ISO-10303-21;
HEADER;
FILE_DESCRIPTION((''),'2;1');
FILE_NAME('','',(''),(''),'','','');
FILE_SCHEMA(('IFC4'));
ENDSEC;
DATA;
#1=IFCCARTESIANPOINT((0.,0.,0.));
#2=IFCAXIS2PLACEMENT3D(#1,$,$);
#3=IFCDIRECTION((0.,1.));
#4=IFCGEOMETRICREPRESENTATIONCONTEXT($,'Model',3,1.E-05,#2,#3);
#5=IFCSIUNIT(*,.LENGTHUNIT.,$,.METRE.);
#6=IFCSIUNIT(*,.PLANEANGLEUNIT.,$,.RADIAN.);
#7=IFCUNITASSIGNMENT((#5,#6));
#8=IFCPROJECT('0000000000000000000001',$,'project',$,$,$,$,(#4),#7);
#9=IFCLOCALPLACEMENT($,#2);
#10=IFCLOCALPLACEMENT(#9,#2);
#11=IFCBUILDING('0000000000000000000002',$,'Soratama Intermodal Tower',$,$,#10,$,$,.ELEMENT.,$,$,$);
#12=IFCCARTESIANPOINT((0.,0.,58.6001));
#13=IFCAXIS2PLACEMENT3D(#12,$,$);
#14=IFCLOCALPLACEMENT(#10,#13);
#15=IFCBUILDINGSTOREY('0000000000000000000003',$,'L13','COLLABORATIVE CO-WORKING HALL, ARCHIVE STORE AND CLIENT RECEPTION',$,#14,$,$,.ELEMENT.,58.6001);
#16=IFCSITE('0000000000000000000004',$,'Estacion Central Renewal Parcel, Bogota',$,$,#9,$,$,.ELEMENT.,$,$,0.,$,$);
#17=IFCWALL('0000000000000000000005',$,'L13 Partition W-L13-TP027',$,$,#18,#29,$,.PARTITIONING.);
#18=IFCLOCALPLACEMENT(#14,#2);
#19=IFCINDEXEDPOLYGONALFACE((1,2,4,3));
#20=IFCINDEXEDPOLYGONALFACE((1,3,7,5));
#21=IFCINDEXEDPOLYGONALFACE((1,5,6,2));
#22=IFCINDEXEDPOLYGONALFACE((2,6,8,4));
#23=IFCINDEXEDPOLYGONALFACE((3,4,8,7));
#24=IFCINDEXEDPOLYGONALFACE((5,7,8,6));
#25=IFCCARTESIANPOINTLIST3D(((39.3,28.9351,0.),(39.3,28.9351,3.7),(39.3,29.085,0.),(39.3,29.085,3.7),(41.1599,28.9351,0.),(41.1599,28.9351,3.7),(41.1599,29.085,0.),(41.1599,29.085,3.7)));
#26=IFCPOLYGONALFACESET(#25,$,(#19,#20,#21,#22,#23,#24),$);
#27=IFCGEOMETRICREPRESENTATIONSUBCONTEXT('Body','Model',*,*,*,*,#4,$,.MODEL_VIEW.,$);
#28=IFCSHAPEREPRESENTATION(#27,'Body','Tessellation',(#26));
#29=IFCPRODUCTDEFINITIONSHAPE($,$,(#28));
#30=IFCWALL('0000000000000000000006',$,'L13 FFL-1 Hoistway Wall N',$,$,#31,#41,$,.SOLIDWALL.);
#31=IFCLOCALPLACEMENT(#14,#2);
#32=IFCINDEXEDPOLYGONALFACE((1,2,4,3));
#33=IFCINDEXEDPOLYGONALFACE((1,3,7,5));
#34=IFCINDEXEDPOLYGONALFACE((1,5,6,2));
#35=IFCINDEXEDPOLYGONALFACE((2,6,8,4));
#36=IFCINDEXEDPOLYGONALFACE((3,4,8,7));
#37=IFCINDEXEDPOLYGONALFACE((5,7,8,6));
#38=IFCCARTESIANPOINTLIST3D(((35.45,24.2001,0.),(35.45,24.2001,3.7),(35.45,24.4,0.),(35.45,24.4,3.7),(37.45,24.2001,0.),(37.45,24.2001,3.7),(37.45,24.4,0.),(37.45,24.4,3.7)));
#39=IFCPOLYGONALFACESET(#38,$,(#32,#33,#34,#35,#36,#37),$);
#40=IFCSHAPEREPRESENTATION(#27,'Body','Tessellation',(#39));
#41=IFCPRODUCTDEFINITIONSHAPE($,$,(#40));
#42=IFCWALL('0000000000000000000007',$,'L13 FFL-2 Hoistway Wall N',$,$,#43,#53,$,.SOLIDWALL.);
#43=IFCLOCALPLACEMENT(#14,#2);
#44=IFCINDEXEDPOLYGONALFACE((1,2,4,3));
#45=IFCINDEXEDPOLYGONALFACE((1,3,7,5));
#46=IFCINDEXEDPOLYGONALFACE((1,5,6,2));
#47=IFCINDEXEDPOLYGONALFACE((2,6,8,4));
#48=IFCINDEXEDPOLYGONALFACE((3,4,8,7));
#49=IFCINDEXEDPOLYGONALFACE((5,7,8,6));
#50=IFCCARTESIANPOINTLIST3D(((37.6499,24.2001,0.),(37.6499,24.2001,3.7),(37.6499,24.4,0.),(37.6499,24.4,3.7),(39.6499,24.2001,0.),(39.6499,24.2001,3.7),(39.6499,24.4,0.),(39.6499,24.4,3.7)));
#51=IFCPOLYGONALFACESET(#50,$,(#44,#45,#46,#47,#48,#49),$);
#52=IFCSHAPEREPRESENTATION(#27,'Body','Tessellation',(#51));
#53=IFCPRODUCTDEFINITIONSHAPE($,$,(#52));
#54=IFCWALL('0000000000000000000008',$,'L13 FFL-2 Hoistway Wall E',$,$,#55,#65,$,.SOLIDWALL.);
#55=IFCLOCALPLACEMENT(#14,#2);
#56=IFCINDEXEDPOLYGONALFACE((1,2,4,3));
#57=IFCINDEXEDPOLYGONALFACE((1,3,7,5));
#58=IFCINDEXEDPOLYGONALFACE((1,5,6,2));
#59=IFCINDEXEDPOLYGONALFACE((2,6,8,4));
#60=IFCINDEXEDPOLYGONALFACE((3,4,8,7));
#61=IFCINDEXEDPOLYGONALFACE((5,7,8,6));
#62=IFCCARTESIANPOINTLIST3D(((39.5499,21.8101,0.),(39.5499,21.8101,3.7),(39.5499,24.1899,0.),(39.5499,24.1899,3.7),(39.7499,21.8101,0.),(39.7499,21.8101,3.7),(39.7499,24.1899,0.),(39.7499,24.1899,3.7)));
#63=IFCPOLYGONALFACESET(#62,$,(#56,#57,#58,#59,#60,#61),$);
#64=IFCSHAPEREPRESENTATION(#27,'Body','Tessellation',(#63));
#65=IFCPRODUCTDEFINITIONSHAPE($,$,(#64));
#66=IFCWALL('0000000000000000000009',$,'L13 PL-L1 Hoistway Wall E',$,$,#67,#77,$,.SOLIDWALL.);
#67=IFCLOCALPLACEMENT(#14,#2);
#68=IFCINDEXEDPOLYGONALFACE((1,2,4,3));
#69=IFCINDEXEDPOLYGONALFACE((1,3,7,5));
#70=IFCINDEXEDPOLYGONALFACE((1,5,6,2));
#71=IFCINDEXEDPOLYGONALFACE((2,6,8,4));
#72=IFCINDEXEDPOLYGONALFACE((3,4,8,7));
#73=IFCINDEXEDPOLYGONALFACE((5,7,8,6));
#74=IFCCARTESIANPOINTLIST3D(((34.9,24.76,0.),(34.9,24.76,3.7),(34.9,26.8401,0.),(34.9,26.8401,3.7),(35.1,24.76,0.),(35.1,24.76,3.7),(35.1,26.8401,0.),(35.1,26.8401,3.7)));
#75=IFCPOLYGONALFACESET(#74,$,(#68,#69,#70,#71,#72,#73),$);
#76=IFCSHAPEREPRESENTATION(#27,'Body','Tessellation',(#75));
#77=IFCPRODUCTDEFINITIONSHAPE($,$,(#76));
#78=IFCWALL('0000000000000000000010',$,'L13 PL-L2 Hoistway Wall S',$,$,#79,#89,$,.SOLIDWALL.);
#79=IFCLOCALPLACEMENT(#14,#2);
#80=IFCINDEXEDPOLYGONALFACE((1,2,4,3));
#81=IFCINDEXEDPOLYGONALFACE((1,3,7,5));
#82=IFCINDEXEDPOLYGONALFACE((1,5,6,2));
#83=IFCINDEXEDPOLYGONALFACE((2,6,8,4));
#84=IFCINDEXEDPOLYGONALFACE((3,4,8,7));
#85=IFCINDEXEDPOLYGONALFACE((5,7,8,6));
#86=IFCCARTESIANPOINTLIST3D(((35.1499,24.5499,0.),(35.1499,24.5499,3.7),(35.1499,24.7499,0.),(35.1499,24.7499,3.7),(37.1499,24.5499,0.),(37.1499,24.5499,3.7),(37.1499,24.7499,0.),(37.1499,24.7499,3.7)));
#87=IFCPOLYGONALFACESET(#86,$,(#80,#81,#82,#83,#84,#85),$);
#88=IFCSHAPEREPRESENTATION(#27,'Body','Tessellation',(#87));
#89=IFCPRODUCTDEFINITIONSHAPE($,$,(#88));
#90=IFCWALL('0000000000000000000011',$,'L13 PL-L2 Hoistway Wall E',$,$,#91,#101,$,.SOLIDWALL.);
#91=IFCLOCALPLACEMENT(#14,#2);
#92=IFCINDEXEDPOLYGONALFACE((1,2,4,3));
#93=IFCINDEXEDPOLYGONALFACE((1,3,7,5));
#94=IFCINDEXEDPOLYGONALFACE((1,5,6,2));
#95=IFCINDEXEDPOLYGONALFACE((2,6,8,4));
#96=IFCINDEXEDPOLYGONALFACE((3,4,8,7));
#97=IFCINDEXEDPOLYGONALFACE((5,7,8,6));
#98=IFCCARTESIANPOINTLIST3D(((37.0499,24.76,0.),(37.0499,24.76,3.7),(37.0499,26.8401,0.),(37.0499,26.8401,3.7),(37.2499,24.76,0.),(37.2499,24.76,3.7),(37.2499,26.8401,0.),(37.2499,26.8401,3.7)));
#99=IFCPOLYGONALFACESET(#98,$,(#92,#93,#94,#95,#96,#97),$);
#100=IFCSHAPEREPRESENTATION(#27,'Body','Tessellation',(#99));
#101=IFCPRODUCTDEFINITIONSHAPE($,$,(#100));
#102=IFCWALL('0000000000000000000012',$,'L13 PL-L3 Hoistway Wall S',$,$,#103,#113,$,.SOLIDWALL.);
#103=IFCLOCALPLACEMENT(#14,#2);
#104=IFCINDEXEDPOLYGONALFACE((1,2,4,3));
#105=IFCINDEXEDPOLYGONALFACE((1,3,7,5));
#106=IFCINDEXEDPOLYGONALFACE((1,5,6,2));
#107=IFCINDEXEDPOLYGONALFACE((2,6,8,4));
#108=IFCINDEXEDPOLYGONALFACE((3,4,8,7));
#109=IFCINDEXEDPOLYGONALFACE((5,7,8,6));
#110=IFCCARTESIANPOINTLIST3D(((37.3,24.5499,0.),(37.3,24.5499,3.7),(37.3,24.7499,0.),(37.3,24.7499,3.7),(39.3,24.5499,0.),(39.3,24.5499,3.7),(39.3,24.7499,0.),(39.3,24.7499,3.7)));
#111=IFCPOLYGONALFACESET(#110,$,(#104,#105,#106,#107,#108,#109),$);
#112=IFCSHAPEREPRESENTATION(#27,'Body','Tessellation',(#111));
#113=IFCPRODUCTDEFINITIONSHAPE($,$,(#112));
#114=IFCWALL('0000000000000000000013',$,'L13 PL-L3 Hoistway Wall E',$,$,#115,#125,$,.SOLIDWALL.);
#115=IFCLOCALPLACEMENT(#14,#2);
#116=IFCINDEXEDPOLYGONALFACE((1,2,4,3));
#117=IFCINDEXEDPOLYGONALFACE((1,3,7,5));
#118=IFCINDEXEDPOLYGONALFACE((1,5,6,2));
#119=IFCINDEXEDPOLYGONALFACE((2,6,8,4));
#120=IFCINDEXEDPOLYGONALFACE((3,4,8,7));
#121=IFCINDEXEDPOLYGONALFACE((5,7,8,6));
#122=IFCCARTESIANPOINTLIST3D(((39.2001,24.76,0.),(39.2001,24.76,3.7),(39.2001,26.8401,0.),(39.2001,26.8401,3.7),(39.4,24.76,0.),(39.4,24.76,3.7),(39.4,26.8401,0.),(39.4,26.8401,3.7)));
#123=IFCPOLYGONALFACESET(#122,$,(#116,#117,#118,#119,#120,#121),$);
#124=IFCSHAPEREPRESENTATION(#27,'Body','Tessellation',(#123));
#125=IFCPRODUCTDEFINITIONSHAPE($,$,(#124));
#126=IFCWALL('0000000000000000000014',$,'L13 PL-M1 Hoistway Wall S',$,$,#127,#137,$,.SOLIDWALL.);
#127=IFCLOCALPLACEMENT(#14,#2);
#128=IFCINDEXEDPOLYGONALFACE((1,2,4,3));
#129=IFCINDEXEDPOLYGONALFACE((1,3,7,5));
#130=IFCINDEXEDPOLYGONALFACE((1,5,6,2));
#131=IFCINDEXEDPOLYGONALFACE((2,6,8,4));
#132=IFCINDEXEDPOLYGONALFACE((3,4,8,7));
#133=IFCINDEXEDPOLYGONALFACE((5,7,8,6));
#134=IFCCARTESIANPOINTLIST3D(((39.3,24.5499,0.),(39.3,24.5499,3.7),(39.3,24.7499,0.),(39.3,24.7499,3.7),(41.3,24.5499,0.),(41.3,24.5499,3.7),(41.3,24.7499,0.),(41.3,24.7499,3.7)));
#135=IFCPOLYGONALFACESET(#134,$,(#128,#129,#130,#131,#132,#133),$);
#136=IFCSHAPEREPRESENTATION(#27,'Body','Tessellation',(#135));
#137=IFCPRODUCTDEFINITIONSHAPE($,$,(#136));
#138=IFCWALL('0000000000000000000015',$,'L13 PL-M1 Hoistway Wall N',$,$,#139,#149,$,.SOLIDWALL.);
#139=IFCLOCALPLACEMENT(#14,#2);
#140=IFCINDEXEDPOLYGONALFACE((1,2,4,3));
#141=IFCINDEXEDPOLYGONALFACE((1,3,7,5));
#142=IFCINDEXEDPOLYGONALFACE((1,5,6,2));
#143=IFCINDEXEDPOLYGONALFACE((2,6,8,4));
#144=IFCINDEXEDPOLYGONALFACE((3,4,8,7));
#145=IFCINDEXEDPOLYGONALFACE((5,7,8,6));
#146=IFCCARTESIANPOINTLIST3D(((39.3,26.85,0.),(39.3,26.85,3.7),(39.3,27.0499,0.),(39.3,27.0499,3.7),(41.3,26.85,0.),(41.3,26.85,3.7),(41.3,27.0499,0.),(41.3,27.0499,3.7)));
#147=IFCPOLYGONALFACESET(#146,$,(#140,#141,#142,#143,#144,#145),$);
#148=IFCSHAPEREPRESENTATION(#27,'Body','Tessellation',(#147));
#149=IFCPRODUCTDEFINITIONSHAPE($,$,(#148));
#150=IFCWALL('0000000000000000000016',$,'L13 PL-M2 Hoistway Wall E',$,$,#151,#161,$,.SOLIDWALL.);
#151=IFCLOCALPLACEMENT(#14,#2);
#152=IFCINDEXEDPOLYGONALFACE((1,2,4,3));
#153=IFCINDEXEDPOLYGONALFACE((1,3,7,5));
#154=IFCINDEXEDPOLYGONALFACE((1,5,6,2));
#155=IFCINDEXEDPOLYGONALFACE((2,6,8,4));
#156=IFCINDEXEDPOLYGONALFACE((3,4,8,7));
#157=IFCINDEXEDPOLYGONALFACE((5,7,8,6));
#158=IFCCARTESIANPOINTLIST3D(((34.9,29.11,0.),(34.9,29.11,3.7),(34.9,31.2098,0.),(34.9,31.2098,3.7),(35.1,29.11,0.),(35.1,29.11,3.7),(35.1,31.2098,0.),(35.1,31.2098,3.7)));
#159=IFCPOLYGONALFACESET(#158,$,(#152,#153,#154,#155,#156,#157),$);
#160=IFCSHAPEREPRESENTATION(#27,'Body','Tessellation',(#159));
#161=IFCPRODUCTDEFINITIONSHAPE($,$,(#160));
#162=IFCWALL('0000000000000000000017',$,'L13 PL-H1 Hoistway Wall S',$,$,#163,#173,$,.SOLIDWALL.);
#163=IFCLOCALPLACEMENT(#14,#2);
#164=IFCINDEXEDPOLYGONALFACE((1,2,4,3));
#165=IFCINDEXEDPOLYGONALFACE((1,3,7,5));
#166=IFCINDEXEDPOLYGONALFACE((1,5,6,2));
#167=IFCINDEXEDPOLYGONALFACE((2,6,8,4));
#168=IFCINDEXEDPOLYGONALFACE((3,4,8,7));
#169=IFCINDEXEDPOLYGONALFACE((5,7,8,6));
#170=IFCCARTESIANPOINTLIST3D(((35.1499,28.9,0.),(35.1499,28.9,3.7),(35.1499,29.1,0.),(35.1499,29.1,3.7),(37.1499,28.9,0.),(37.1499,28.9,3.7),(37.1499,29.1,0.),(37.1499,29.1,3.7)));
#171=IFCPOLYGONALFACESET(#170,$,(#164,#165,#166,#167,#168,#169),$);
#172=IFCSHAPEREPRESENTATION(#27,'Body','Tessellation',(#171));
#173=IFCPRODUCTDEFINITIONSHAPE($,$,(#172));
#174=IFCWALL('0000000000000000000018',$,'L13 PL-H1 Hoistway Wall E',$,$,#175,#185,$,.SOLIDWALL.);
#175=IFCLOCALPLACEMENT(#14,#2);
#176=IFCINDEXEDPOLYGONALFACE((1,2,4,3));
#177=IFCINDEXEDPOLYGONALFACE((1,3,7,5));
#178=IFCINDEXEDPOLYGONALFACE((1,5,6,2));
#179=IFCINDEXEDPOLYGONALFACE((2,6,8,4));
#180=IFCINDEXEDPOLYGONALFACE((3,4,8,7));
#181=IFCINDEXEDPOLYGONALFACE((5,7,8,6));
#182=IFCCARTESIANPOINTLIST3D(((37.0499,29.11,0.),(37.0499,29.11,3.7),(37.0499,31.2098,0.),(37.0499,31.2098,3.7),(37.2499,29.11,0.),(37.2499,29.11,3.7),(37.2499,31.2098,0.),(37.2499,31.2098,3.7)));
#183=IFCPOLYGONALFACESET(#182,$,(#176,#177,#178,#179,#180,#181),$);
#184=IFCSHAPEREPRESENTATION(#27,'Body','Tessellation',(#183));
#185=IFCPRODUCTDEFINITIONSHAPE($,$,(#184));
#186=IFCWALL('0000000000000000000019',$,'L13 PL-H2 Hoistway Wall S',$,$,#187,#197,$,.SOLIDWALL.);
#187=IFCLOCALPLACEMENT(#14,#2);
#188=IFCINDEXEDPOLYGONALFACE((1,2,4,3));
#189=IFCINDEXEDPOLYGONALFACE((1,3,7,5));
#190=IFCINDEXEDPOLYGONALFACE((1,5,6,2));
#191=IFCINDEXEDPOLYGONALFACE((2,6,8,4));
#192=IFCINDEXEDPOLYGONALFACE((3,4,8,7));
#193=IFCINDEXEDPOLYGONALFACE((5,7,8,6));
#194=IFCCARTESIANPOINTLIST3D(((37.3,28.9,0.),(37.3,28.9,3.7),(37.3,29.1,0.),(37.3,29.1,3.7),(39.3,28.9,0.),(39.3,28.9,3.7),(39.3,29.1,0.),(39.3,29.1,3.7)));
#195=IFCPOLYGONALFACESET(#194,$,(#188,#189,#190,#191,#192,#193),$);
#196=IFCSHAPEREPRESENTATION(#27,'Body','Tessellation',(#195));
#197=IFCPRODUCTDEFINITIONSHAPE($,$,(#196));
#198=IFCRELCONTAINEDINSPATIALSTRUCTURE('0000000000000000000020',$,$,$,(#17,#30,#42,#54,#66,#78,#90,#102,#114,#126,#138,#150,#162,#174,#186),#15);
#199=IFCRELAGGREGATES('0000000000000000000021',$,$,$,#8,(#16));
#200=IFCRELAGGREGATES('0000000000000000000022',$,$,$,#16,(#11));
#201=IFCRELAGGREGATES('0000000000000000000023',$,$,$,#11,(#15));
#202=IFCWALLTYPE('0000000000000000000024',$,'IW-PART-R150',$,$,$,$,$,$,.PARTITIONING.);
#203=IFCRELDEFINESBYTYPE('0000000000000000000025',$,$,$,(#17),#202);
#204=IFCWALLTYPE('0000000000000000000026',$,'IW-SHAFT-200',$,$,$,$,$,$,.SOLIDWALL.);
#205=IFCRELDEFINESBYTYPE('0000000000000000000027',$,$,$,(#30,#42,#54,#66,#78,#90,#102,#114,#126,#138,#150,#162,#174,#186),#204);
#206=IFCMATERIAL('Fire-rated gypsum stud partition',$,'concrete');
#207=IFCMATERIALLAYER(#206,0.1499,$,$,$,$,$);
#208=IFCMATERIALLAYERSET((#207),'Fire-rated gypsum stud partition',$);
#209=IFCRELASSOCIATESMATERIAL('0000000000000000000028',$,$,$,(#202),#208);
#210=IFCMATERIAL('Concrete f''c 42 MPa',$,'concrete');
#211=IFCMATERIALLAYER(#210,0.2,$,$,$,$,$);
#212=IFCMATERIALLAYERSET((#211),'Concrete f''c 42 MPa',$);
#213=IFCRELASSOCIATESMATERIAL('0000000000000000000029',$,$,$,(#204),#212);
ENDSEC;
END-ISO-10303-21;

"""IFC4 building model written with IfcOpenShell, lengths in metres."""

from ifc_helpers import new_model, si_unit, direction, frame, frame_2d, origin, place, context, subcontext, project, spatial, rectangle, extrude, material, layer, layer_set, type_object, element, save


model = new_model("IFC4")

# Units and contexts
model_context = context("Model", 3, precision=1e-05, world=origin(), true_north=direction((0.0, 1.0)))
body_context = subcontext(model_context, "Body", "Model", "MODEL_VIEW")
ifc_project = project(units=[si_unit("LENGTHUNIT", "METRE"), si_unit("PLANEANGLEUNIT", "RADIAN")], contexts=[model_context])

# Site, building, storey
site_placement = place(None, origin())
site = spatial("IfcSite", under=ifc_project, at=site_placement, Name="Estacion Central Renewal Parcel, Bogota", CompositionType="ELEMENT", RefElevation=0.0)
building_placement = place(site_placement, origin())
building = spatial("IfcBuilding", under=site, at=building_placement, Name="Soratama Intermodal Tower", CompositionType="ELEMENT")
storey_placement = place(building_placement, frame((0.0, 0.0, 58.6001)))
storey = spatial("IfcBuildingStorey", under=building, at=storey_placement, Name="L13", Description="COLLABORATIVE CO-WORKING HALL, ARCHIVE STORE AND CLIENT RECEPTION", CompositionType="ELEMENT", Elevation=58.6001)

# Walls
ifc_material_1 = material(Name="Fire-rated gypsum stud partition", Category="concrete")
ifc_layer_1 = layer(ifc_material_1, 0.1499)
ifc_layer_set_1 = layer_set([ifc_layer_1], Name="Fire-rated gypsum stud partition")
wall_type_1 = type_object("IfcWallType", Name="IW-PART-R150", PredefinedType="PARTITIONING", material=ifc_layer_set_1)
wall_1_placement = place(storey_placement, frame((39.3, 29.01, 0.0), z_axis=(0.0, 0.0, 1.0), x_axis=(1.0, 0.0, 0.0)))
element("IfcWall", 1, at=wall_1_placement, inside=storey, type_object=wall_type_1, Name="L13 Partition W-L13-TP027", PredefinedType="PARTITIONING", context=body_context, shape_type="SweptSolid", body=[
    extrude(rectangle(XDim=1.8599, YDim=0.1499, at=frame_2d((0.9299, 0.0))), origin(), (0.0, 0.0, 1.0), 3.7),
])
ifc_material_2 = material(Name="Concrete f'c 42 MPa", Category="concrete")
ifc_layer_2 = layer(ifc_material_2, 0.2)
ifc_layer_set_2 = layer_set([ifc_layer_2], Name="Concrete f'c 42 MPa")
wall_type_2 = type_object("IfcWallType", Name="IW-SHAFT-200", PredefinedType="SOLIDWALL", material=ifc_layer_set_2)
for number, where, z_axis, x_axis, name in (
    (2, (35.45, 24.3, 0.0), (0.0, 0.0, 1.0), (1.0, 0.0, 0.0), "L13 FFL-1 Hoistway Wall N"),
    (3, (37.6499, 24.3, 0.0), (0.0, 0.0, 1.0), (1.0, 0.0, 0.0), "L13 FFL-2 Hoistway Wall N"),
):
    element("IfcWall", number, at=place(storey_placement, frame(where, z_axis=z_axis, x_axis=x_axis)), inside=storey, type_object=wall_type_2, Name=name, PredefinedType="SOLIDWALL", context=body_context, shape_type="SweptSolid", body=[
        extrude(rectangle(XDim=2.0, YDim=0.2, at=frame_2d((1.0, 0.0))), origin(), (0.0, 0.0, 1.0), 3.7),
    ])
wall_2_placement = place(storey_placement, frame((39.6499, 21.8101, 0.0), z_axis=(0.0, 0.0, 1.0), x_axis=(0.0, 1.0, 0.0)))
element("IfcWall", 4, at=wall_2_placement, inside=storey, type_object=wall_type_2, Name="L13 FFL-2 Hoistway Wall E", PredefinedType="SOLIDWALL", context=body_context, shape_type="SweptSolid", body=[
    extrude(rectangle(XDim=2.3799, YDim=0.2, at=frame_2d((1.1899, 0.0))), origin(), (0.0, 0.0, 1.0), 3.7),
])
wall_3_placement = place(storey_placement, frame((35.0, 24.76, 0.0), z_axis=(0.0, 0.0, 1.0), x_axis=(0.0, 1.0, 0.0)))
element("IfcWall", 5, at=wall_3_placement, inside=storey, type_object=wall_type_2, Name="L13 PL-L1 Hoistway Wall E", PredefinedType="SOLIDWALL", context=body_context, shape_type="SweptSolid", body=[
    extrude(rectangle(XDim=2.0801, YDim=0.2, at=frame_2d((1.04, 0.0))), origin(), (0.0, 0.0, 1.0), 3.7),
])
wall_4_placement = place(storey_placement, frame((35.1499, 24.6499, 0.0), z_axis=(0.0, 0.0, 1.0), x_axis=(1.0, 0.0, 0.0)))
element("IfcWall", 6, at=wall_4_placement, inside=storey, type_object=wall_type_2, Name="L13 PL-L2 Hoistway Wall S", PredefinedType="SOLIDWALL", context=body_context, shape_type="SweptSolid", body=[
    extrude(rectangle(XDim=2.0, YDim=0.2, at=frame_2d((1.0, 0.0))), origin(), (0.0, 0.0, 1.0), 3.7),
])

# Walls
wall_5_placement = place(storey_placement, frame((37.1499, 24.76, 0.0), z_axis=(0.0, 0.0, 1.0), x_axis=(0.0, 1.0, 0.0)))
element("IfcWall", 7, at=wall_5_placement, inside=storey, type_object=wall_type_2, Name="L13 PL-L2 Hoistway Wall E", PredefinedType="SOLIDWALL", context=body_context, shape_type="SweptSolid", body=[
    extrude(rectangle(XDim=2.0801, YDim=0.2, at=frame_2d((1.04, 0.0))), origin(), (0.0, 0.0, 1.0), 3.7),
])
wall_6_placement = place(storey_placement, frame((37.3, 24.6499, 0.0), z_axis=(0.0, 0.0, 1.0), x_axis=(1.0, 0.0, 0.0)))
element("IfcWall", 8, at=wall_6_placement, inside=storey, type_object=wall_type_2, Name="L13 PL-L3 Hoistway Wall S", PredefinedType="SOLIDWALL", context=body_context, shape_type="SweptSolid", body=[
    extrude(rectangle(XDim=2.0, YDim=0.2, at=frame_2d((1.0, 0.0))), origin(), (0.0, 0.0, 1.0), 3.7),
])

# Walls
wall_7_placement = place(storey_placement, frame((39.3, 24.76, 0.0), z_axis=(0.0, 0.0, 1.0), x_axis=(0.0, 1.0, 0.0)))
element("IfcWall", 9, at=wall_7_placement, inside=storey, type_object=wall_type_2, Name="L13 PL-L3 Hoistway Wall E", PredefinedType="SOLIDWALL", context=body_context, shape_type="SweptSolid", body=[
    extrude(rectangle(XDim=2.0801, YDim=0.2, at=frame_2d((1.04, 0.0))), origin(), (0.0, 0.0, 1.0), 3.7),
])
for number, where, z_axis, x_axis, name in (
    (10, (39.3, 24.6499, 0.0), (0.0, 0.0, 1.0), (1.0, 0.0, 0.0), "L13 PL-M1 Hoistway Wall S"),
    (11, (39.3, 26.95, 0.0), (0.0, 0.0, 1.0), (1.0, 0.0, 0.0), "L13 PL-M1 Hoistway Wall N"),
):
    element("IfcWall", number, at=place(storey_placement, frame(where, z_axis=z_axis, x_axis=x_axis)), inside=storey, type_object=wall_type_2, Name=name, PredefinedType="SOLIDWALL", context=body_context, shape_type="SweptSolid", body=[
        extrude(rectangle(XDim=2.0, YDim=0.2, at=frame_2d((1.0, 0.0))), origin(), (0.0, 0.0, 1.0), 3.7),
    ])
wall_8_placement = place(storey_placement, frame((35.0, 29.1101, 0.0), z_axis=(0.0, 0.0, 1.0), x_axis=(0.0, 1.0, 0.0)))
element("IfcWall", 12, at=wall_8_placement, inside=storey, type_object=wall_type_2, Name="L13 PL-M2 Hoistway Wall E", PredefinedType="SOLIDWALL", context=body_context, shape_type="SweptSolid", body=[
    extrude(rectangle(XDim=2.0999, YDim=0.2, at=frame_2d((1.0498, 0.0))), origin(), (0.0, 0.0, 1.0), 3.7),
])
wall_9_placement = place(storey_placement, frame((35.1499, 29.0, 0.0), z_axis=(0.0, 0.0, 1.0), x_axis=(1.0, 0.0, 0.0)))
element("IfcWall", 13, at=wall_9_placement, inside=storey, type_object=wall_type_2, Name="L13 PL-H1 Hoistway Wall S", PredefinedType="SOLIDWALL", context=body_context, shape_type="SweptSolid", body=[
    extrude(rectangle(XDim=2.0, YDim=0.2, at=frame_2d((1.0, 0.0))), origin(), (0.0, 0.0, 1.0), 3.7),
])
wall_10_placement = place(storey_placement, frame((37.1499, 29.1101, 0.0), z_axis=(0.0, 0.0, 1.0), x_axis=(0.0, 1.0, 0.0)))
element("IfcWall", 14, at=wall_10_placement, inside=storey, type_object=wall_type_2, Name="L13 PL-H1 Hoistway Wall E", PredefinedType="SOLIDWALL", context=body_context, shape_type="SweptSolid", body=[
    extrude(rectangle(XDim=2.0999, YDim=0.2, at=frame_2d((1.0498, 0.0))), origin(), (0.0, 0.0, 1.0), 3.7),
])
wall_11_placement = place(storey_placement, frame((37.3, 29.0, 0.0), z_axis=(0.0, 0.0, 1.0), x_axis=(1.0, 0.0, 0.0)))
element("IfcWall", 15, at=wall_11_placement, inside=storey, type_object=wall_type_2, Name="L13 PL-H2 Hoistway Wall S", PredefinedType="SOLIDWALL", context=body_context, shape_type="SweptSolid", body=[
    extrude(rectangle(XDim=2.0, YDim=0.2, at=frame_2d((1.0, 0.0))), origin(), (0.0, 0.0, 1.0), 3.7),
])

save(model, "model.ifc")
